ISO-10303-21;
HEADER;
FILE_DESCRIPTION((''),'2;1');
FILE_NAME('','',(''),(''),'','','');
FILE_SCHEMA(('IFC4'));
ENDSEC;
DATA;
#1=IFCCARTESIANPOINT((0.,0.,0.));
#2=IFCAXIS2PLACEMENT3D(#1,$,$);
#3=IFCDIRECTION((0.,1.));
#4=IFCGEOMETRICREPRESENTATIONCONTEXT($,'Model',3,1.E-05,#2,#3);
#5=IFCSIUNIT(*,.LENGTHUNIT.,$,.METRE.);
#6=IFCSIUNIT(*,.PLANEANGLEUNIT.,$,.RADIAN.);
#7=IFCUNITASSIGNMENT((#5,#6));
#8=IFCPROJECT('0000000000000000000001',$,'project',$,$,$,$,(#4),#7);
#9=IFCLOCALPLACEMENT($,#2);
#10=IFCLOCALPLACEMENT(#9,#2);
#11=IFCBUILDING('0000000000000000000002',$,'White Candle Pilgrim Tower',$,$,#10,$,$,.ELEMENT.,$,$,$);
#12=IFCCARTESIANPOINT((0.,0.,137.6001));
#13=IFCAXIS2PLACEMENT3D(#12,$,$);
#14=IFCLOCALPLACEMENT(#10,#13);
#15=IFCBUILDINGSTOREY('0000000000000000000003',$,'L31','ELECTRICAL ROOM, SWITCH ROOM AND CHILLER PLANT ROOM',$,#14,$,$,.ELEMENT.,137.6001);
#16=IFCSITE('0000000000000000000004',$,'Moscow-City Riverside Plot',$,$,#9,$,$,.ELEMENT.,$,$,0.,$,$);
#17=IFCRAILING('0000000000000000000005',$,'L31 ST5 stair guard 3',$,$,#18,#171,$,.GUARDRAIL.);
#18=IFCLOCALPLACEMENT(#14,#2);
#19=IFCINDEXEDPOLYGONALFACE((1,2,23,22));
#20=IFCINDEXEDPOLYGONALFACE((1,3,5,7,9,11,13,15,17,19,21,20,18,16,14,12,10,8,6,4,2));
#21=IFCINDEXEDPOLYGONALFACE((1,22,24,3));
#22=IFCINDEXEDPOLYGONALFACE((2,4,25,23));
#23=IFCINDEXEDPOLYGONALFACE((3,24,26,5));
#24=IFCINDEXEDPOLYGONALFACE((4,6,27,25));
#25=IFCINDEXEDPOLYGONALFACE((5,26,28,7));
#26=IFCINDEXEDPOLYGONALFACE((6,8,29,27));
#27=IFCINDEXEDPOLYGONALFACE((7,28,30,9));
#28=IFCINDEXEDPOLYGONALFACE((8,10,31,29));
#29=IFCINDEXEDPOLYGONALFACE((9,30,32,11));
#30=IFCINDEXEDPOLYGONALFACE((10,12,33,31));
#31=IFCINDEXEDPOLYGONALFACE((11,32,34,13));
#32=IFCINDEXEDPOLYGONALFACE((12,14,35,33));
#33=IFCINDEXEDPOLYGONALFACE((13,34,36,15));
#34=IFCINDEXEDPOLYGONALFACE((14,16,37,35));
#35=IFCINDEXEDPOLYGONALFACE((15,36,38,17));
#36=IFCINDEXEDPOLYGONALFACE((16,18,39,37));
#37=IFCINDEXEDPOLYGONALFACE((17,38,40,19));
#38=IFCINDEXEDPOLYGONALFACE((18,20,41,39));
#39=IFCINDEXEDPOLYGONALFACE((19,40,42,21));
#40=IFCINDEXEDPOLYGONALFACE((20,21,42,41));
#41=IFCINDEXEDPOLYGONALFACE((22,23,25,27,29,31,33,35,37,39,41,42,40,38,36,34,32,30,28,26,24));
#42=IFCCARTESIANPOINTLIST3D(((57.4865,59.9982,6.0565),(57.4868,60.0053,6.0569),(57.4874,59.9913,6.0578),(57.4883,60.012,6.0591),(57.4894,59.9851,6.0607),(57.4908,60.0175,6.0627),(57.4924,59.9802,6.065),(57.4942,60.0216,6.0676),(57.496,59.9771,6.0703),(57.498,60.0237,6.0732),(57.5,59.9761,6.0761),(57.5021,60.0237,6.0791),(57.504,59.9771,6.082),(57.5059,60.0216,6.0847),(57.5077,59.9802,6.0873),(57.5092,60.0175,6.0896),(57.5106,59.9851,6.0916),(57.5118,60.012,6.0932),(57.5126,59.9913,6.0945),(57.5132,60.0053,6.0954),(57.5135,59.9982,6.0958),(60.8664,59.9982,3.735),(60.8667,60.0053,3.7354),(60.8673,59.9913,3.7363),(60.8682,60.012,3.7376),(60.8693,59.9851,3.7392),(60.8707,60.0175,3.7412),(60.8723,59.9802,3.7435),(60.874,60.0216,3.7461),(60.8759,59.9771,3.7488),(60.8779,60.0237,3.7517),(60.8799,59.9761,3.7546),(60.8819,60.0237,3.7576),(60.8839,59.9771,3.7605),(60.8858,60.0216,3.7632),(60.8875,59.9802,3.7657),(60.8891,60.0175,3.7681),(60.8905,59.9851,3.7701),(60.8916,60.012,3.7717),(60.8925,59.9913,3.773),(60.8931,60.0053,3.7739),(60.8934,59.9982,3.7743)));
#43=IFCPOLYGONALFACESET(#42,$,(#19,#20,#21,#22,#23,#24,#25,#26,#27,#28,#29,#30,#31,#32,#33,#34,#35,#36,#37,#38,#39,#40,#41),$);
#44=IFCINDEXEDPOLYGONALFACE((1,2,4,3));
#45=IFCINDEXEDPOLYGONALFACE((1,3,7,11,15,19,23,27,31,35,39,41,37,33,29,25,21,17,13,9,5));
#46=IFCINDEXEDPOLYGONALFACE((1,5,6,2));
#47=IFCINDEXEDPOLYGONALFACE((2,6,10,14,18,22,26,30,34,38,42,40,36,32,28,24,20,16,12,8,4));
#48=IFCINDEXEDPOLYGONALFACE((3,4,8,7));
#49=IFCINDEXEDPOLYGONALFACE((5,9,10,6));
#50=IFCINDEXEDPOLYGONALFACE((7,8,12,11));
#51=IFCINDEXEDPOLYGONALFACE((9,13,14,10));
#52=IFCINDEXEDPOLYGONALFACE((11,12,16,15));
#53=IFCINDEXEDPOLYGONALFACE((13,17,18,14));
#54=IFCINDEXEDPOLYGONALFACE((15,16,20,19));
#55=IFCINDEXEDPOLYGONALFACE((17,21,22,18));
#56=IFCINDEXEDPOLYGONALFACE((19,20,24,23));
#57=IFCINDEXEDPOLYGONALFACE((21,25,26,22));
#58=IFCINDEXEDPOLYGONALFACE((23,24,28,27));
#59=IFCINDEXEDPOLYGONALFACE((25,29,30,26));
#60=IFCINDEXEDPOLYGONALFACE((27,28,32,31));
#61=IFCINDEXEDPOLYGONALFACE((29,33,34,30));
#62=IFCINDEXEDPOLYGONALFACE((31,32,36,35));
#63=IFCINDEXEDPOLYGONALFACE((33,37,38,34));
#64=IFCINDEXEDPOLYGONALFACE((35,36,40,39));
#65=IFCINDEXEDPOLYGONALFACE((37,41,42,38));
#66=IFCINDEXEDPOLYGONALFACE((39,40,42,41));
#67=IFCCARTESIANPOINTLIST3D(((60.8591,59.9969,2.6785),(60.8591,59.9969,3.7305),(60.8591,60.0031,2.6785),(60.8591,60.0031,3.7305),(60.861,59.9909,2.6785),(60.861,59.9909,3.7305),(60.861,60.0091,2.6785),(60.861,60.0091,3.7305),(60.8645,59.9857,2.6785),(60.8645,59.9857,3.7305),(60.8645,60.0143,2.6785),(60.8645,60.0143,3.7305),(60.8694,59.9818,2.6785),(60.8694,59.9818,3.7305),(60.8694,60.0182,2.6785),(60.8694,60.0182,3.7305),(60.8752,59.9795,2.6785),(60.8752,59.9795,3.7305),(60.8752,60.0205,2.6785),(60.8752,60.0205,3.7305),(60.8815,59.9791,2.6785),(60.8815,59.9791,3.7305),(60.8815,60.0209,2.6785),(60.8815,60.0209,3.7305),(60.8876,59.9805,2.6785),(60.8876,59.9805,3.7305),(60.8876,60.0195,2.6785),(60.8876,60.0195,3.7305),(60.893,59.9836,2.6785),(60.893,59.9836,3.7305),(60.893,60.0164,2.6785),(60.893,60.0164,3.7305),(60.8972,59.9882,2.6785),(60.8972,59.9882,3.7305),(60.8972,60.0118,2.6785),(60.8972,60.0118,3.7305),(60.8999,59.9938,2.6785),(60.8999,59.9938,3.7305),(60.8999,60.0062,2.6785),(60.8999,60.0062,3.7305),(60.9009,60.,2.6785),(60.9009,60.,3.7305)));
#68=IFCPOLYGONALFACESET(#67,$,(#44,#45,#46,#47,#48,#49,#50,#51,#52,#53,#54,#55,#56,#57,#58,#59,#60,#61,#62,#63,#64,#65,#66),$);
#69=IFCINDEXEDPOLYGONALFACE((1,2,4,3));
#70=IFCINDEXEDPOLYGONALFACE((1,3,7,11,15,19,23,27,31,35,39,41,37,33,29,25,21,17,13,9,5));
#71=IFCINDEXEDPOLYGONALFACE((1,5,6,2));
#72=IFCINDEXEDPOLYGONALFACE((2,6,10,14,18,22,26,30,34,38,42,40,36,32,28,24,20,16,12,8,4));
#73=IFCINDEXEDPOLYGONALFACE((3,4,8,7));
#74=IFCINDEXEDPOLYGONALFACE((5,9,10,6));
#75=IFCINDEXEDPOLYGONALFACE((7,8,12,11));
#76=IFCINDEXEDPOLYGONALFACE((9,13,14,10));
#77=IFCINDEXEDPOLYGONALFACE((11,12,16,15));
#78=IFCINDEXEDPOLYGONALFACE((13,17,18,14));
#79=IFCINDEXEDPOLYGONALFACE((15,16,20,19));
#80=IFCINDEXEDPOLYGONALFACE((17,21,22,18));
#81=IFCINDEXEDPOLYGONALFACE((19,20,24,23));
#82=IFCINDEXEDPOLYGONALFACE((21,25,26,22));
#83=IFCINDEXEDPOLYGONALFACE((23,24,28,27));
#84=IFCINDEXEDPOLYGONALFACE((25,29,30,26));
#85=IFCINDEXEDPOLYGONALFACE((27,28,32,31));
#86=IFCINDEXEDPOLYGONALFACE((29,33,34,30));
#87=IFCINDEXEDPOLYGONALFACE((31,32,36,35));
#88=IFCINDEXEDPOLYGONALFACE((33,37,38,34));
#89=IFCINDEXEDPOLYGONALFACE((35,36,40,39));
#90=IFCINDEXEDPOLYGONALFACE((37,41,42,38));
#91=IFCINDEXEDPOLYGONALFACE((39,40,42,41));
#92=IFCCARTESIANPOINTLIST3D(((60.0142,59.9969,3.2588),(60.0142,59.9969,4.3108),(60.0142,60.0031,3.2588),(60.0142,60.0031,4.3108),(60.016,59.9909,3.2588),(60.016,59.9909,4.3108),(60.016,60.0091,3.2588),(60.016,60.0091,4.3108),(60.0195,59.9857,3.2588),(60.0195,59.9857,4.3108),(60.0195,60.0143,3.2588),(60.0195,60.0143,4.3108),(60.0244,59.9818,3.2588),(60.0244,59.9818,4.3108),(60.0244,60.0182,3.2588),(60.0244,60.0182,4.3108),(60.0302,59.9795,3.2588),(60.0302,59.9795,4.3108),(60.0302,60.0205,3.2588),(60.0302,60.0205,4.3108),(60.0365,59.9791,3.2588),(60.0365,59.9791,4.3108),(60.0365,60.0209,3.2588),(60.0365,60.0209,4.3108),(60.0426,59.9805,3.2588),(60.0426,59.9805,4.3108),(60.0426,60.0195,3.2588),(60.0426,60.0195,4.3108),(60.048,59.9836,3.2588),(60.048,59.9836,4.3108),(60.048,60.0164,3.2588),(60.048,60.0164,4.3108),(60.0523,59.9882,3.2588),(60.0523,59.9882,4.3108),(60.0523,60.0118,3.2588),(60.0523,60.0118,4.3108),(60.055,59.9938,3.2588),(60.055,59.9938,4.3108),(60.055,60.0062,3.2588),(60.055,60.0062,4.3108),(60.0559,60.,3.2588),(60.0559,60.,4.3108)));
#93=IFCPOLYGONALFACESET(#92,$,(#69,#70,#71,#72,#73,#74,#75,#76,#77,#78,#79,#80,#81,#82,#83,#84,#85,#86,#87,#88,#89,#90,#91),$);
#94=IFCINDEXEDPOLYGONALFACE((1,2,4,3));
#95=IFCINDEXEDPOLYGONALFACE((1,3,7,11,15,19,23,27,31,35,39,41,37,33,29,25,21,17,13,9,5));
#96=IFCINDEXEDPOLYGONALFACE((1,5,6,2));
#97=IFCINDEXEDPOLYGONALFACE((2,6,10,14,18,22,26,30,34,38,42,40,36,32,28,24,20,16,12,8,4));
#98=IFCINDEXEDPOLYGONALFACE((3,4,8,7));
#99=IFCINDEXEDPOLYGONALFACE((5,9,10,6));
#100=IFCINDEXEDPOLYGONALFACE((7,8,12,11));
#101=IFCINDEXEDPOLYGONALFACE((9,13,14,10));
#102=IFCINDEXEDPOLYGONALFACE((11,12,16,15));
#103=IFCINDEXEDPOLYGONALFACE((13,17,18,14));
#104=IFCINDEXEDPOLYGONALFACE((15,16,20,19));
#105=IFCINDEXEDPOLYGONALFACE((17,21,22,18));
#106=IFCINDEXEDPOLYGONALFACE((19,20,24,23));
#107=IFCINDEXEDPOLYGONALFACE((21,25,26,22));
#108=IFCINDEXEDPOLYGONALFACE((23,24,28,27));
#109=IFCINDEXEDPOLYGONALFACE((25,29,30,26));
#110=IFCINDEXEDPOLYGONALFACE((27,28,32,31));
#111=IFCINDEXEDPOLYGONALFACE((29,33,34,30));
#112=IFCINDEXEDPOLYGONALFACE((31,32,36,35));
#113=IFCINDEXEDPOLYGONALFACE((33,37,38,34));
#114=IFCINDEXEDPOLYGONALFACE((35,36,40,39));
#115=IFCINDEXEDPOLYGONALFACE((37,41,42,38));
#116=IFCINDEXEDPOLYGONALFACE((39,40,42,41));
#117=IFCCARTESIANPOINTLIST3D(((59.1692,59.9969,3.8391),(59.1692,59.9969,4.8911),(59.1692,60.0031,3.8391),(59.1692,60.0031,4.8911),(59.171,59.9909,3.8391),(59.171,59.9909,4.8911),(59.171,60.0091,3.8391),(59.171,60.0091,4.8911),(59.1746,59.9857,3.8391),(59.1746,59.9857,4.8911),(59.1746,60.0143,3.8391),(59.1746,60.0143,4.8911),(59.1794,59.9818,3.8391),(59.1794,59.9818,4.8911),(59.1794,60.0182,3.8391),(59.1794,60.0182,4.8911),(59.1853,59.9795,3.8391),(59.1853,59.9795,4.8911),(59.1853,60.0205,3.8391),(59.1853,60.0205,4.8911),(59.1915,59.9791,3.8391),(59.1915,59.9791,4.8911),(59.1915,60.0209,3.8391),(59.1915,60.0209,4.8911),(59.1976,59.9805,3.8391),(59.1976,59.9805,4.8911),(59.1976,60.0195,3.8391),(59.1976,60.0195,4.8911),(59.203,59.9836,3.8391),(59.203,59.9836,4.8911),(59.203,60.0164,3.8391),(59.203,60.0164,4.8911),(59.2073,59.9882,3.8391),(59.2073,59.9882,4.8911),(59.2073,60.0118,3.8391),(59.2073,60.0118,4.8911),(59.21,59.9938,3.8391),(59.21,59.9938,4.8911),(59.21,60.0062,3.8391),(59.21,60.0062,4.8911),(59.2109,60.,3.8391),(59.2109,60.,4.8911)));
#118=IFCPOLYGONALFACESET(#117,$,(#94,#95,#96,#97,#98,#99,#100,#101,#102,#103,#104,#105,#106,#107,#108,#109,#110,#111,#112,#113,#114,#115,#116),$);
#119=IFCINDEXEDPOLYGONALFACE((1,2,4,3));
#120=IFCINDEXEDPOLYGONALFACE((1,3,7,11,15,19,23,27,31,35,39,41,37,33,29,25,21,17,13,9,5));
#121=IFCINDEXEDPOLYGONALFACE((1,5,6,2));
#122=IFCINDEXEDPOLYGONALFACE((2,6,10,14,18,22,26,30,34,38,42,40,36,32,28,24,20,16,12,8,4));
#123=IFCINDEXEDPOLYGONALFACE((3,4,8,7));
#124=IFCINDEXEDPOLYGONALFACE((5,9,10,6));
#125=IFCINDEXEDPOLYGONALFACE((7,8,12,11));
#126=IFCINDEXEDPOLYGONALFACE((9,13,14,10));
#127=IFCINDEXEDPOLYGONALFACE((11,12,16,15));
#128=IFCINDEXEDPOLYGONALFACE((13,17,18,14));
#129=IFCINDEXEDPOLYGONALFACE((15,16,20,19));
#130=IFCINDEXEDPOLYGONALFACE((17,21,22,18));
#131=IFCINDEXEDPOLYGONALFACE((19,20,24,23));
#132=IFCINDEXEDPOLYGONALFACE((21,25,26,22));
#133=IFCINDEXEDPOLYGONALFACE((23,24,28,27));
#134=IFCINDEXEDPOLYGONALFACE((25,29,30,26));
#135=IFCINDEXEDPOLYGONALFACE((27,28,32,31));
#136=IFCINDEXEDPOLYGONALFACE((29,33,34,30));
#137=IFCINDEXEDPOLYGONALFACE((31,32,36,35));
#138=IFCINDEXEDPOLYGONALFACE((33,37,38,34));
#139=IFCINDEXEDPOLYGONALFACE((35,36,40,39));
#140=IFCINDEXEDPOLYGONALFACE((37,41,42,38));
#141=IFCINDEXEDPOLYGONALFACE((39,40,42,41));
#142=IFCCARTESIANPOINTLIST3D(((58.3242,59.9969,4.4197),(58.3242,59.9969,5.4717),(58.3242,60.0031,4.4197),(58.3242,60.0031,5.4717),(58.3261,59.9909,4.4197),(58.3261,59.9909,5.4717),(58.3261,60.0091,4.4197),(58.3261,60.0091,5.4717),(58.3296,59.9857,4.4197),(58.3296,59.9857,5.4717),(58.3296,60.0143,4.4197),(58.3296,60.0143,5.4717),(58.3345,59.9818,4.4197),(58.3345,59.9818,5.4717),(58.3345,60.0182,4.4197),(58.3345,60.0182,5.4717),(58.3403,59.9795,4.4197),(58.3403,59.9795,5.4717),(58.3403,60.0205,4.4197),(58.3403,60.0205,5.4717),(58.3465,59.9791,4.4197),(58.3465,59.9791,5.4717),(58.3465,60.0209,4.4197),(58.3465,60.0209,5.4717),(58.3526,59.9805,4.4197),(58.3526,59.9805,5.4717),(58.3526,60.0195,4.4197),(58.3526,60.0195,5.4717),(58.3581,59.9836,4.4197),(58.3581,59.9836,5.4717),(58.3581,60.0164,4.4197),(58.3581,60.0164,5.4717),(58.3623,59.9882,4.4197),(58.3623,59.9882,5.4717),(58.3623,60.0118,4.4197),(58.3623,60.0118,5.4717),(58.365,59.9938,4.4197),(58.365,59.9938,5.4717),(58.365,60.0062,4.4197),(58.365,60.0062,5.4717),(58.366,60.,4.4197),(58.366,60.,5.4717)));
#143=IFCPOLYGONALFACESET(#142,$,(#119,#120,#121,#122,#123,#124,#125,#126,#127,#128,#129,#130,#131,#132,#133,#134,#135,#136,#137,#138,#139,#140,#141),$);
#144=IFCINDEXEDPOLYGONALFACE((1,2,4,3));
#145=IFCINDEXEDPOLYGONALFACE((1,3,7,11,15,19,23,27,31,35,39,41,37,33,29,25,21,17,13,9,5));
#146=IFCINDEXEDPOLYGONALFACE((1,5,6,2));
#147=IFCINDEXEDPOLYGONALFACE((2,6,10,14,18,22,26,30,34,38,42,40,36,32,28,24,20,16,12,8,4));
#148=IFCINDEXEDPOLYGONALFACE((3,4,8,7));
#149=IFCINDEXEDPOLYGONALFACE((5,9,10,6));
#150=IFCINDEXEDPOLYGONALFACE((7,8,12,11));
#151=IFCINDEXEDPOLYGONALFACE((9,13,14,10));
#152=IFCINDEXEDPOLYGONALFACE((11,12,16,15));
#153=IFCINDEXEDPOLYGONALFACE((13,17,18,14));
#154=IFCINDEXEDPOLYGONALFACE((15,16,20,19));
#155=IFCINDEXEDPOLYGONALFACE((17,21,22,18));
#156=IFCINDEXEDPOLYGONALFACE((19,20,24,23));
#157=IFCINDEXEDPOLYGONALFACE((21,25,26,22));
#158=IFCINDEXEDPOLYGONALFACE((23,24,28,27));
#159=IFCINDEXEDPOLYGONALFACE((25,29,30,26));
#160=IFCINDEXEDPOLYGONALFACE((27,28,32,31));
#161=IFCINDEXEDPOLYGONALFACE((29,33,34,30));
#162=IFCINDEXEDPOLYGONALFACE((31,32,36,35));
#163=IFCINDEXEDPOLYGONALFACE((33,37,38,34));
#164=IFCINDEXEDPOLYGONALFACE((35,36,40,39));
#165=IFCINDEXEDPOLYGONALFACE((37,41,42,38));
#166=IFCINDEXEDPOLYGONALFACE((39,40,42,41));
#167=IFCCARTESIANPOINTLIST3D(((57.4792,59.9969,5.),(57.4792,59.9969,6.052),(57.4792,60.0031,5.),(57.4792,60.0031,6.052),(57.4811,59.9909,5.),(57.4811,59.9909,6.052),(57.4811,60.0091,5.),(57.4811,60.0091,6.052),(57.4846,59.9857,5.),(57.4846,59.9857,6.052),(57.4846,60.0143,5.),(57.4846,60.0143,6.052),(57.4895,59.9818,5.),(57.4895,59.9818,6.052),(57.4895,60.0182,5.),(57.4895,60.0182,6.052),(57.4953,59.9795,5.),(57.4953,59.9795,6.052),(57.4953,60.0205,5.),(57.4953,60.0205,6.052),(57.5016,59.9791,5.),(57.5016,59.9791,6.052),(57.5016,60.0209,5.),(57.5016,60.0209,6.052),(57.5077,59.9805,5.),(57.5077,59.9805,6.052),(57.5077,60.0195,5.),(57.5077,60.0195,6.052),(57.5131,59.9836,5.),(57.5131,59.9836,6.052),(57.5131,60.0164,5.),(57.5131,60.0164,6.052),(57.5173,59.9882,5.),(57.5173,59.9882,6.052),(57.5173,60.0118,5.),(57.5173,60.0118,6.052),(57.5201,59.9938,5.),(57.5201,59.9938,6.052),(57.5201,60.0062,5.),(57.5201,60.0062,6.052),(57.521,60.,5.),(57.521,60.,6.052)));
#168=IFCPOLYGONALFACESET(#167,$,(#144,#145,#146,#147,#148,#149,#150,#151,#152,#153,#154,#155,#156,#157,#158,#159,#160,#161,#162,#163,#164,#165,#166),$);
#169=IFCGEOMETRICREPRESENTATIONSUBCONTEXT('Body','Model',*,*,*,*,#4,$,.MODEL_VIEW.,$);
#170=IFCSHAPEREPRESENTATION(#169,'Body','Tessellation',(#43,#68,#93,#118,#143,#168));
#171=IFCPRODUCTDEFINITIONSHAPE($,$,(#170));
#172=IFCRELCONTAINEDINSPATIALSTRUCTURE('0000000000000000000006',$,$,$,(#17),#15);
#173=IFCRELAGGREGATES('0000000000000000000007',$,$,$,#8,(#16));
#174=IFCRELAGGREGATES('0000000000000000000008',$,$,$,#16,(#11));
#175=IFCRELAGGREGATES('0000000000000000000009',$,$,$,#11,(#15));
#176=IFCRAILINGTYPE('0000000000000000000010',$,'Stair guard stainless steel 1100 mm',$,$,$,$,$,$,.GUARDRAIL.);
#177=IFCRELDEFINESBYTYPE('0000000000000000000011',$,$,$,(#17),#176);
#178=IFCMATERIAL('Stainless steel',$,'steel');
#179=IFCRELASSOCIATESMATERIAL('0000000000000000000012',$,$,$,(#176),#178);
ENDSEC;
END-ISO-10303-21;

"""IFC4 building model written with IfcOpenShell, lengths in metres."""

from ifc_helpers import new_model, si_unit, direction, frame, origin, origin_2d, place, context, subcontext, project, spatial, circle, extrude, material, type_object, element, save


model = new_model("IFC4")

# Units and contexts
model_context = context("Model", 3, precision=1e-05, world=origin(), true_north=direction((0.0, 1.0)))
body_context = subcontext(model_context, "Body", "Model", "MODEL_VIEW")
ifc_project = project(units=[si_unit("LENGTHUNIT", "METRE"), si_unit("PLANEANGLEUNIT", "RADIAN")], contexts=[model_context])

# Site, building, storey
site_placement = place(None, origin())
site = spatial("IfcSite", under=ifc_project, at=site_placement, Name="Moscow-City Riverside Plot", CompositionType="ELEMENT", RefElevation=0.0)
building_placement = place(site_placement, origin())
building = spatial("IfcBuilding", under=site, at=building_placement, Name="White Candle Pilgrim Tower", CompositionType="ELEMENT")
storey_placement = place(building_placement, frame((0.0, 0.0, 137.6001)))
storey = spatial("IfcBuildingStorey", under=building, at=storey_placement, Name="L31", Description="ELECTRICAL ROOM, SWITCH ROOM AND CHILLER PLANT ROOM", CompositionType="ELEMENT", Elevation=137.6001)

# Railing
ifc_material_1 = material(Name="Stainless steel", Category="steel")
railing_type_1 = type_object("IfcRailingType", Name="Stair guard stainless steel 1100 mm", PredefinedType="GUARDRAIL", material=ifc_material_1)
railing_1_placement = place(storey_placement, frame((60.8799, 60.0, 2.6785)))
element("IfcRailing", 1, at=railing_1_placement, inside=storey, type_object=railing_type_1, Name="L31 ST5 stair guard 3", PredefinedType="GUARDRAIL", context=body_context, shape_type="SweptSolid", body=[
    extrude(circle(Radius=0.0239, at=origin_2d()), frame((0.0, 0.0, 1.0762), z_axis=(-0.824285, 0.0, 0.566175), x_axis=(0.0, -1.0, 0.0)), (0.0, 0.0, 1.0), 4.1003),
    extrude(circle(Radius=0.021, at=origin_2d()), origin(), (0.0, 0.0, 1.0), 1.052),
    extrude(circle(Radius=0.021, at=origin_2d()), frame((-0.845, 0.0, 0.5803)), (0.0, 0.0, 1.0), 1.052),
    extrude(circle(Radius=0.021, at=origin_2d()), frame((-1.6899, 0.0, 1.1606)), (0.0, 0.0, 1.0), 1.052),
    extrude(circle(Radius=0.021, at=origin_2d()), frame((-2.5349, 0.0, 1.7412)), (0.0, 0.0, 1.0), 1.052),
    extrude(circle(Radius=0.021, at=origin_2d()), frame((-3.3799, 0.0, 2.3215)), (0.0, 0.0, 1.0), 1.052),
])

save(model, "model.ifc")
